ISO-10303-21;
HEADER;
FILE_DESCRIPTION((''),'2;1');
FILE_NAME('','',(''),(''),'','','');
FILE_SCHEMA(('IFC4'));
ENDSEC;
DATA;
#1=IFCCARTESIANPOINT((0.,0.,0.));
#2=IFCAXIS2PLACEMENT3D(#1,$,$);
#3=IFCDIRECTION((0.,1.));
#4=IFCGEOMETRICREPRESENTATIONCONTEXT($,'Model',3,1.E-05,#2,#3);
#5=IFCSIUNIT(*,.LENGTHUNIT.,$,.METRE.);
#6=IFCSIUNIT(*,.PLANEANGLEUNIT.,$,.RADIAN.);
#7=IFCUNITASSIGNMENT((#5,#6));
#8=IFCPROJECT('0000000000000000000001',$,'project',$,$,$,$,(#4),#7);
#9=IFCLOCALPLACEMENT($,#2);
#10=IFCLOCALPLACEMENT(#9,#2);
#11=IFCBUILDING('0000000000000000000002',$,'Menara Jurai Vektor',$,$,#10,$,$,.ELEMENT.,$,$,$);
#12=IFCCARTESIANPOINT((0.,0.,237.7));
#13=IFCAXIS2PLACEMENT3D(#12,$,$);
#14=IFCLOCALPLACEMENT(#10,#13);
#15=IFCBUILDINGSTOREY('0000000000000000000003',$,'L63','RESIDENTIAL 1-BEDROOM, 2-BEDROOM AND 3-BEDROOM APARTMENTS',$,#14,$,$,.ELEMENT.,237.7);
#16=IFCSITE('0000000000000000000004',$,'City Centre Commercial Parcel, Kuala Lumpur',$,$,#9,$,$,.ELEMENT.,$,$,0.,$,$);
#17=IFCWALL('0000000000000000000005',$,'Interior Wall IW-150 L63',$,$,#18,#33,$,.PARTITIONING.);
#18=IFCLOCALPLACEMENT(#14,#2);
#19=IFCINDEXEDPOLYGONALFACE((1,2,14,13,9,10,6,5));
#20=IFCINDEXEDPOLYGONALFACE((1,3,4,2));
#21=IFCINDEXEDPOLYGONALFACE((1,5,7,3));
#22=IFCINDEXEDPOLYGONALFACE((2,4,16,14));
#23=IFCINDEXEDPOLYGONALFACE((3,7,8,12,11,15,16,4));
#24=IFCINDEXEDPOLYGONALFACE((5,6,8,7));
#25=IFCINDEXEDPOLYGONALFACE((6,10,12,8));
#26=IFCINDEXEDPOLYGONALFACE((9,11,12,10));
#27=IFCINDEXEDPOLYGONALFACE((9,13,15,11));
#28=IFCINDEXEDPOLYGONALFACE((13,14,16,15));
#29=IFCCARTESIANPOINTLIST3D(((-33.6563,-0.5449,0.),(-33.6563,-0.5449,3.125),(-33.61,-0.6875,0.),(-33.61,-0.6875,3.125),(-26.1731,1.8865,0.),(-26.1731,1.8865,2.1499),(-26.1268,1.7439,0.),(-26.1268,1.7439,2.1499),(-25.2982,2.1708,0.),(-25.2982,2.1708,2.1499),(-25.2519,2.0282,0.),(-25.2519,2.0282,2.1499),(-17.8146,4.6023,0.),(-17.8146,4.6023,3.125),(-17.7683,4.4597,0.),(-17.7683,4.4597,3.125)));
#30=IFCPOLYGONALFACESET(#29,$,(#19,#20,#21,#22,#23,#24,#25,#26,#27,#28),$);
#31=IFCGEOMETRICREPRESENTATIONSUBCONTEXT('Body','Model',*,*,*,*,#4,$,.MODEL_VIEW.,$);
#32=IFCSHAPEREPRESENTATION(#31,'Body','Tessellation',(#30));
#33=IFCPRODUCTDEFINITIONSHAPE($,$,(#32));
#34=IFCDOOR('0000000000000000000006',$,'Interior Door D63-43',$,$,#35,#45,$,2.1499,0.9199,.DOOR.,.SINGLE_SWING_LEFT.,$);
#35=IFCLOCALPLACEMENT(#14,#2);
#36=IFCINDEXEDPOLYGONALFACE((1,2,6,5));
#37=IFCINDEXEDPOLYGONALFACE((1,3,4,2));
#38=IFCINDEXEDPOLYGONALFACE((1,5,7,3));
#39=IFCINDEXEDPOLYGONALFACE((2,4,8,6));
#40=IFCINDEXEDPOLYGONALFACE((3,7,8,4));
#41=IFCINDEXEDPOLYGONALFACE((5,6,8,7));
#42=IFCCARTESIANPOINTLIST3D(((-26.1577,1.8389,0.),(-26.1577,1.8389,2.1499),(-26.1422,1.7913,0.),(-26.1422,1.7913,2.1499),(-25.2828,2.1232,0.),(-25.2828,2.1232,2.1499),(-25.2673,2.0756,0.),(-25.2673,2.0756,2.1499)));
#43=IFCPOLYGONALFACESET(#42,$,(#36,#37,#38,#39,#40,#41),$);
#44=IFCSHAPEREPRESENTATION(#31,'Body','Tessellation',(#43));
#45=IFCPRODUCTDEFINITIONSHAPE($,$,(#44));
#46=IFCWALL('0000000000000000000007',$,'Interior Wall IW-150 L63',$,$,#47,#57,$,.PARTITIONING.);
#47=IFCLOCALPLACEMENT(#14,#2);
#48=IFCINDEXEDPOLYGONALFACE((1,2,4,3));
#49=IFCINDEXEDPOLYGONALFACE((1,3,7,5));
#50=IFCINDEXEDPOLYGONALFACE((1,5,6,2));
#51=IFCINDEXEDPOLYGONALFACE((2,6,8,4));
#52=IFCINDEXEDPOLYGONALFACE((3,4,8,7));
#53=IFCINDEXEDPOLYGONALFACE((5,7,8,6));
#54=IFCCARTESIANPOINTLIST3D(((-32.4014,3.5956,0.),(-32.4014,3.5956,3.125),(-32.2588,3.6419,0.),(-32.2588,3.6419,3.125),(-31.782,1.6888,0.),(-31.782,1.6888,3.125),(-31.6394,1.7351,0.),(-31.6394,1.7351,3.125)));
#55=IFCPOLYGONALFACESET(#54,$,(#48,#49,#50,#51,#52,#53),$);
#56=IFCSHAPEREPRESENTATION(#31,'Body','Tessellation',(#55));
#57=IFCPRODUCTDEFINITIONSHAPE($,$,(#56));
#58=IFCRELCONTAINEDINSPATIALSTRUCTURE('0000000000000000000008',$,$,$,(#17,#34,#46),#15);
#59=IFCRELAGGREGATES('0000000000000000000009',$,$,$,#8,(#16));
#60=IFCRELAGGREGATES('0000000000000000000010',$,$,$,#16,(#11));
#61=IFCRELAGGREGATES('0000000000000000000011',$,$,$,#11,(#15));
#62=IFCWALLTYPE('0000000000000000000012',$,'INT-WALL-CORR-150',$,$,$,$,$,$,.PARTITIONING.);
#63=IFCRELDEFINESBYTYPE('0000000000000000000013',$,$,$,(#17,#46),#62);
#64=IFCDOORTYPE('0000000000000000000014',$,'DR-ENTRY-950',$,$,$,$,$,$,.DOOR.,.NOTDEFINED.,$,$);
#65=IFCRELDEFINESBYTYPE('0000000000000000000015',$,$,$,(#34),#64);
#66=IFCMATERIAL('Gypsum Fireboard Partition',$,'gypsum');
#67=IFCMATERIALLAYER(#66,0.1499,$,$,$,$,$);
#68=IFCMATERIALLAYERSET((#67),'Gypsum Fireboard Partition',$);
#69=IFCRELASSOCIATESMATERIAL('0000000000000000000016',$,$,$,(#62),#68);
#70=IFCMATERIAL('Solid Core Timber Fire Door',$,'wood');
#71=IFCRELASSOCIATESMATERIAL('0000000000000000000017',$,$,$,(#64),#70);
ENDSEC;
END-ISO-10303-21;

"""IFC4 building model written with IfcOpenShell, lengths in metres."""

from ifc_helpers import new_model, si_unit, direction, frame, frame_2d, origin, place, context, subcontext, project, spatial, rectangle, extrude, material, layer, layer_set, type_object, element, fill, save


model = new_model("IFC4")

# Units and contexts
model_context = context("Model", 3, precision=1e-05, world=origin(), true_north=direction((0.0, 1.0)))
body_context = subcontext(model_context, "Body", "Model", "MODEL_VIEW")
ifc_project = project(units=[si_unit("LENGTHUNIT", "METRE"), si_unit("PLANEANGLEUNIT", "RADIAN")], contexts=[model_context])

# Site, building, storey
site_placement = place(None, origin())
site = spatial("IfcSite", under=ifc_project, at=site_placement, Name="City Centre Commercial Parcel, Kuala Lumpur", CompositionType="ELEMENT", RefElevation=0.0)
building_placement = place(site_placement, origin())
building = spatial("IfcBuilding", under=site, at=building_placement, Name="Menara Jurai Vektor", CompositionType="ELEMENT")
storey_placement = place(building_placement, frame((0.0, 0.0, 237.7)))
storey = spatial("IfcBuildingStorey", under=building, at=storey_placement, Name="L63", Description="RESIDENTIAL 1-BEDROOM, 2-BEDROOM AND 3-BEDROOM APARTMENTS", CompositionType="ELEMENT", Elevation=237.7)

# Shared definitions
ifc_material_1 = material(Name="Gypsum Fireboard Partition", Category="gypsum")
ifc_layer_1 = layer(ifc_material_1, 0.1499)
ifc_layer_set_1 = layer_set([ifc_layer_1], Name="Gypsum Fireboard Partition")
wall_type = type_object("IfcWallType", Name="INT-WALL-CORR-150", PredefinedType="PARTITIONING", material=ifc_layer_set_1)

# Wall, opening, door
wall_1_placement = place(storey_placement, frame((-33.6333, -0.6162, 0.0), z_axis=(0.0, 0.0, 1.0), x_axis=(0.951058, 0.309012, 0.0)))
wall_1 = element("IfcWall", 1, at=wall_1_placement, inside=storey, type_object=wall_type, Name="Interior Wall IW-150 L63", PredefinedType="PARTITIONING", context=body_context, shape_type="SweptSolid", body=[
    extrude(rectangle(XDim=16.657, YDim=0.1499, at=frame_2d((8.3286, 0.0))), origin(), (0.0, 0.0, 1.0), 3.125),
])
opening_1_placement = place(wall_1_placement, frame((7.8684, 0.0, 0.0)))
opening_1 = element("IfcOpeningElement", 2, at=opening_1_placement, cuts=wall_1, PredefinedType="OPENING", context=body_context, shape_type="SweptSolid", body=[
    extrude(rectangle(XDim=0.9199, YDim=2.1499, at=frame_2d((0.46, 1.075))), frame((0.0, 0.085, 0.0), z_axis=(0.0, -1.0, 0.0), x_axis=(1.0, 0.0, 0.0)), (0.0, 0.0, 1.0), 0.1699),
])
ifc_material_2 = material(Name="Solid Core Timber Fire Door", Category="wood")
door_type_1 = type_object("IfcDoorType", Name="DR-ENTRY-950", OperationType="NOTDEFINED", PredefinedType="DOOR", material=ifc_material_2)
door_1_placement = place(opening_1_placement, origin())
door_1 = element("IfcDoor", 3, at=door_1_placement, inside=storey, type_object=door_type_1, Name="Interior Door D63-43", OperationType="SINGLE_SWING_LEFT", OverallHeight=2.1499, OverallWidth=0.9199, PredefinedType="DOOR", context=body_context, shape_type="SweptSolid", body=[
    extrude(rectangle(XDim=0.9199, YDim=2.1499, at=frame_2d((0.46, 1.075))), frame((0.0, 0.0249, 0.0), z_axis=(0.0, -1.0, 0.0), x_axis=(1.0, 0.0, 0.0)), (0.0, 0.0, 1.0), 0.05),
])
fill(opening_1, door_1)

# Wall
wall_2_placement = place(storey_placement, frame((-31.7107, 1.7119, 0.0), z_axis=(0.0, 0.0, 1.0), x_axis=(-0.308948, 0.951079, 0.0)))
element("IfcWall", 4, at=wall_2_placement, inside=storey, type_object=wall_type, Name="Interior Wall IW-150 L63", PredefinedType="PARTITIONING", context=body_context, shape_type="SweptSolid", body=[
    extrude(rectangle(XDim=2.0049, YDim=0.1499, at=frame_2d((1.0024, 0.0))), origin(), (0.0, 0.0, 1.0), 3.125),
])

save(model, "model.ifc")
